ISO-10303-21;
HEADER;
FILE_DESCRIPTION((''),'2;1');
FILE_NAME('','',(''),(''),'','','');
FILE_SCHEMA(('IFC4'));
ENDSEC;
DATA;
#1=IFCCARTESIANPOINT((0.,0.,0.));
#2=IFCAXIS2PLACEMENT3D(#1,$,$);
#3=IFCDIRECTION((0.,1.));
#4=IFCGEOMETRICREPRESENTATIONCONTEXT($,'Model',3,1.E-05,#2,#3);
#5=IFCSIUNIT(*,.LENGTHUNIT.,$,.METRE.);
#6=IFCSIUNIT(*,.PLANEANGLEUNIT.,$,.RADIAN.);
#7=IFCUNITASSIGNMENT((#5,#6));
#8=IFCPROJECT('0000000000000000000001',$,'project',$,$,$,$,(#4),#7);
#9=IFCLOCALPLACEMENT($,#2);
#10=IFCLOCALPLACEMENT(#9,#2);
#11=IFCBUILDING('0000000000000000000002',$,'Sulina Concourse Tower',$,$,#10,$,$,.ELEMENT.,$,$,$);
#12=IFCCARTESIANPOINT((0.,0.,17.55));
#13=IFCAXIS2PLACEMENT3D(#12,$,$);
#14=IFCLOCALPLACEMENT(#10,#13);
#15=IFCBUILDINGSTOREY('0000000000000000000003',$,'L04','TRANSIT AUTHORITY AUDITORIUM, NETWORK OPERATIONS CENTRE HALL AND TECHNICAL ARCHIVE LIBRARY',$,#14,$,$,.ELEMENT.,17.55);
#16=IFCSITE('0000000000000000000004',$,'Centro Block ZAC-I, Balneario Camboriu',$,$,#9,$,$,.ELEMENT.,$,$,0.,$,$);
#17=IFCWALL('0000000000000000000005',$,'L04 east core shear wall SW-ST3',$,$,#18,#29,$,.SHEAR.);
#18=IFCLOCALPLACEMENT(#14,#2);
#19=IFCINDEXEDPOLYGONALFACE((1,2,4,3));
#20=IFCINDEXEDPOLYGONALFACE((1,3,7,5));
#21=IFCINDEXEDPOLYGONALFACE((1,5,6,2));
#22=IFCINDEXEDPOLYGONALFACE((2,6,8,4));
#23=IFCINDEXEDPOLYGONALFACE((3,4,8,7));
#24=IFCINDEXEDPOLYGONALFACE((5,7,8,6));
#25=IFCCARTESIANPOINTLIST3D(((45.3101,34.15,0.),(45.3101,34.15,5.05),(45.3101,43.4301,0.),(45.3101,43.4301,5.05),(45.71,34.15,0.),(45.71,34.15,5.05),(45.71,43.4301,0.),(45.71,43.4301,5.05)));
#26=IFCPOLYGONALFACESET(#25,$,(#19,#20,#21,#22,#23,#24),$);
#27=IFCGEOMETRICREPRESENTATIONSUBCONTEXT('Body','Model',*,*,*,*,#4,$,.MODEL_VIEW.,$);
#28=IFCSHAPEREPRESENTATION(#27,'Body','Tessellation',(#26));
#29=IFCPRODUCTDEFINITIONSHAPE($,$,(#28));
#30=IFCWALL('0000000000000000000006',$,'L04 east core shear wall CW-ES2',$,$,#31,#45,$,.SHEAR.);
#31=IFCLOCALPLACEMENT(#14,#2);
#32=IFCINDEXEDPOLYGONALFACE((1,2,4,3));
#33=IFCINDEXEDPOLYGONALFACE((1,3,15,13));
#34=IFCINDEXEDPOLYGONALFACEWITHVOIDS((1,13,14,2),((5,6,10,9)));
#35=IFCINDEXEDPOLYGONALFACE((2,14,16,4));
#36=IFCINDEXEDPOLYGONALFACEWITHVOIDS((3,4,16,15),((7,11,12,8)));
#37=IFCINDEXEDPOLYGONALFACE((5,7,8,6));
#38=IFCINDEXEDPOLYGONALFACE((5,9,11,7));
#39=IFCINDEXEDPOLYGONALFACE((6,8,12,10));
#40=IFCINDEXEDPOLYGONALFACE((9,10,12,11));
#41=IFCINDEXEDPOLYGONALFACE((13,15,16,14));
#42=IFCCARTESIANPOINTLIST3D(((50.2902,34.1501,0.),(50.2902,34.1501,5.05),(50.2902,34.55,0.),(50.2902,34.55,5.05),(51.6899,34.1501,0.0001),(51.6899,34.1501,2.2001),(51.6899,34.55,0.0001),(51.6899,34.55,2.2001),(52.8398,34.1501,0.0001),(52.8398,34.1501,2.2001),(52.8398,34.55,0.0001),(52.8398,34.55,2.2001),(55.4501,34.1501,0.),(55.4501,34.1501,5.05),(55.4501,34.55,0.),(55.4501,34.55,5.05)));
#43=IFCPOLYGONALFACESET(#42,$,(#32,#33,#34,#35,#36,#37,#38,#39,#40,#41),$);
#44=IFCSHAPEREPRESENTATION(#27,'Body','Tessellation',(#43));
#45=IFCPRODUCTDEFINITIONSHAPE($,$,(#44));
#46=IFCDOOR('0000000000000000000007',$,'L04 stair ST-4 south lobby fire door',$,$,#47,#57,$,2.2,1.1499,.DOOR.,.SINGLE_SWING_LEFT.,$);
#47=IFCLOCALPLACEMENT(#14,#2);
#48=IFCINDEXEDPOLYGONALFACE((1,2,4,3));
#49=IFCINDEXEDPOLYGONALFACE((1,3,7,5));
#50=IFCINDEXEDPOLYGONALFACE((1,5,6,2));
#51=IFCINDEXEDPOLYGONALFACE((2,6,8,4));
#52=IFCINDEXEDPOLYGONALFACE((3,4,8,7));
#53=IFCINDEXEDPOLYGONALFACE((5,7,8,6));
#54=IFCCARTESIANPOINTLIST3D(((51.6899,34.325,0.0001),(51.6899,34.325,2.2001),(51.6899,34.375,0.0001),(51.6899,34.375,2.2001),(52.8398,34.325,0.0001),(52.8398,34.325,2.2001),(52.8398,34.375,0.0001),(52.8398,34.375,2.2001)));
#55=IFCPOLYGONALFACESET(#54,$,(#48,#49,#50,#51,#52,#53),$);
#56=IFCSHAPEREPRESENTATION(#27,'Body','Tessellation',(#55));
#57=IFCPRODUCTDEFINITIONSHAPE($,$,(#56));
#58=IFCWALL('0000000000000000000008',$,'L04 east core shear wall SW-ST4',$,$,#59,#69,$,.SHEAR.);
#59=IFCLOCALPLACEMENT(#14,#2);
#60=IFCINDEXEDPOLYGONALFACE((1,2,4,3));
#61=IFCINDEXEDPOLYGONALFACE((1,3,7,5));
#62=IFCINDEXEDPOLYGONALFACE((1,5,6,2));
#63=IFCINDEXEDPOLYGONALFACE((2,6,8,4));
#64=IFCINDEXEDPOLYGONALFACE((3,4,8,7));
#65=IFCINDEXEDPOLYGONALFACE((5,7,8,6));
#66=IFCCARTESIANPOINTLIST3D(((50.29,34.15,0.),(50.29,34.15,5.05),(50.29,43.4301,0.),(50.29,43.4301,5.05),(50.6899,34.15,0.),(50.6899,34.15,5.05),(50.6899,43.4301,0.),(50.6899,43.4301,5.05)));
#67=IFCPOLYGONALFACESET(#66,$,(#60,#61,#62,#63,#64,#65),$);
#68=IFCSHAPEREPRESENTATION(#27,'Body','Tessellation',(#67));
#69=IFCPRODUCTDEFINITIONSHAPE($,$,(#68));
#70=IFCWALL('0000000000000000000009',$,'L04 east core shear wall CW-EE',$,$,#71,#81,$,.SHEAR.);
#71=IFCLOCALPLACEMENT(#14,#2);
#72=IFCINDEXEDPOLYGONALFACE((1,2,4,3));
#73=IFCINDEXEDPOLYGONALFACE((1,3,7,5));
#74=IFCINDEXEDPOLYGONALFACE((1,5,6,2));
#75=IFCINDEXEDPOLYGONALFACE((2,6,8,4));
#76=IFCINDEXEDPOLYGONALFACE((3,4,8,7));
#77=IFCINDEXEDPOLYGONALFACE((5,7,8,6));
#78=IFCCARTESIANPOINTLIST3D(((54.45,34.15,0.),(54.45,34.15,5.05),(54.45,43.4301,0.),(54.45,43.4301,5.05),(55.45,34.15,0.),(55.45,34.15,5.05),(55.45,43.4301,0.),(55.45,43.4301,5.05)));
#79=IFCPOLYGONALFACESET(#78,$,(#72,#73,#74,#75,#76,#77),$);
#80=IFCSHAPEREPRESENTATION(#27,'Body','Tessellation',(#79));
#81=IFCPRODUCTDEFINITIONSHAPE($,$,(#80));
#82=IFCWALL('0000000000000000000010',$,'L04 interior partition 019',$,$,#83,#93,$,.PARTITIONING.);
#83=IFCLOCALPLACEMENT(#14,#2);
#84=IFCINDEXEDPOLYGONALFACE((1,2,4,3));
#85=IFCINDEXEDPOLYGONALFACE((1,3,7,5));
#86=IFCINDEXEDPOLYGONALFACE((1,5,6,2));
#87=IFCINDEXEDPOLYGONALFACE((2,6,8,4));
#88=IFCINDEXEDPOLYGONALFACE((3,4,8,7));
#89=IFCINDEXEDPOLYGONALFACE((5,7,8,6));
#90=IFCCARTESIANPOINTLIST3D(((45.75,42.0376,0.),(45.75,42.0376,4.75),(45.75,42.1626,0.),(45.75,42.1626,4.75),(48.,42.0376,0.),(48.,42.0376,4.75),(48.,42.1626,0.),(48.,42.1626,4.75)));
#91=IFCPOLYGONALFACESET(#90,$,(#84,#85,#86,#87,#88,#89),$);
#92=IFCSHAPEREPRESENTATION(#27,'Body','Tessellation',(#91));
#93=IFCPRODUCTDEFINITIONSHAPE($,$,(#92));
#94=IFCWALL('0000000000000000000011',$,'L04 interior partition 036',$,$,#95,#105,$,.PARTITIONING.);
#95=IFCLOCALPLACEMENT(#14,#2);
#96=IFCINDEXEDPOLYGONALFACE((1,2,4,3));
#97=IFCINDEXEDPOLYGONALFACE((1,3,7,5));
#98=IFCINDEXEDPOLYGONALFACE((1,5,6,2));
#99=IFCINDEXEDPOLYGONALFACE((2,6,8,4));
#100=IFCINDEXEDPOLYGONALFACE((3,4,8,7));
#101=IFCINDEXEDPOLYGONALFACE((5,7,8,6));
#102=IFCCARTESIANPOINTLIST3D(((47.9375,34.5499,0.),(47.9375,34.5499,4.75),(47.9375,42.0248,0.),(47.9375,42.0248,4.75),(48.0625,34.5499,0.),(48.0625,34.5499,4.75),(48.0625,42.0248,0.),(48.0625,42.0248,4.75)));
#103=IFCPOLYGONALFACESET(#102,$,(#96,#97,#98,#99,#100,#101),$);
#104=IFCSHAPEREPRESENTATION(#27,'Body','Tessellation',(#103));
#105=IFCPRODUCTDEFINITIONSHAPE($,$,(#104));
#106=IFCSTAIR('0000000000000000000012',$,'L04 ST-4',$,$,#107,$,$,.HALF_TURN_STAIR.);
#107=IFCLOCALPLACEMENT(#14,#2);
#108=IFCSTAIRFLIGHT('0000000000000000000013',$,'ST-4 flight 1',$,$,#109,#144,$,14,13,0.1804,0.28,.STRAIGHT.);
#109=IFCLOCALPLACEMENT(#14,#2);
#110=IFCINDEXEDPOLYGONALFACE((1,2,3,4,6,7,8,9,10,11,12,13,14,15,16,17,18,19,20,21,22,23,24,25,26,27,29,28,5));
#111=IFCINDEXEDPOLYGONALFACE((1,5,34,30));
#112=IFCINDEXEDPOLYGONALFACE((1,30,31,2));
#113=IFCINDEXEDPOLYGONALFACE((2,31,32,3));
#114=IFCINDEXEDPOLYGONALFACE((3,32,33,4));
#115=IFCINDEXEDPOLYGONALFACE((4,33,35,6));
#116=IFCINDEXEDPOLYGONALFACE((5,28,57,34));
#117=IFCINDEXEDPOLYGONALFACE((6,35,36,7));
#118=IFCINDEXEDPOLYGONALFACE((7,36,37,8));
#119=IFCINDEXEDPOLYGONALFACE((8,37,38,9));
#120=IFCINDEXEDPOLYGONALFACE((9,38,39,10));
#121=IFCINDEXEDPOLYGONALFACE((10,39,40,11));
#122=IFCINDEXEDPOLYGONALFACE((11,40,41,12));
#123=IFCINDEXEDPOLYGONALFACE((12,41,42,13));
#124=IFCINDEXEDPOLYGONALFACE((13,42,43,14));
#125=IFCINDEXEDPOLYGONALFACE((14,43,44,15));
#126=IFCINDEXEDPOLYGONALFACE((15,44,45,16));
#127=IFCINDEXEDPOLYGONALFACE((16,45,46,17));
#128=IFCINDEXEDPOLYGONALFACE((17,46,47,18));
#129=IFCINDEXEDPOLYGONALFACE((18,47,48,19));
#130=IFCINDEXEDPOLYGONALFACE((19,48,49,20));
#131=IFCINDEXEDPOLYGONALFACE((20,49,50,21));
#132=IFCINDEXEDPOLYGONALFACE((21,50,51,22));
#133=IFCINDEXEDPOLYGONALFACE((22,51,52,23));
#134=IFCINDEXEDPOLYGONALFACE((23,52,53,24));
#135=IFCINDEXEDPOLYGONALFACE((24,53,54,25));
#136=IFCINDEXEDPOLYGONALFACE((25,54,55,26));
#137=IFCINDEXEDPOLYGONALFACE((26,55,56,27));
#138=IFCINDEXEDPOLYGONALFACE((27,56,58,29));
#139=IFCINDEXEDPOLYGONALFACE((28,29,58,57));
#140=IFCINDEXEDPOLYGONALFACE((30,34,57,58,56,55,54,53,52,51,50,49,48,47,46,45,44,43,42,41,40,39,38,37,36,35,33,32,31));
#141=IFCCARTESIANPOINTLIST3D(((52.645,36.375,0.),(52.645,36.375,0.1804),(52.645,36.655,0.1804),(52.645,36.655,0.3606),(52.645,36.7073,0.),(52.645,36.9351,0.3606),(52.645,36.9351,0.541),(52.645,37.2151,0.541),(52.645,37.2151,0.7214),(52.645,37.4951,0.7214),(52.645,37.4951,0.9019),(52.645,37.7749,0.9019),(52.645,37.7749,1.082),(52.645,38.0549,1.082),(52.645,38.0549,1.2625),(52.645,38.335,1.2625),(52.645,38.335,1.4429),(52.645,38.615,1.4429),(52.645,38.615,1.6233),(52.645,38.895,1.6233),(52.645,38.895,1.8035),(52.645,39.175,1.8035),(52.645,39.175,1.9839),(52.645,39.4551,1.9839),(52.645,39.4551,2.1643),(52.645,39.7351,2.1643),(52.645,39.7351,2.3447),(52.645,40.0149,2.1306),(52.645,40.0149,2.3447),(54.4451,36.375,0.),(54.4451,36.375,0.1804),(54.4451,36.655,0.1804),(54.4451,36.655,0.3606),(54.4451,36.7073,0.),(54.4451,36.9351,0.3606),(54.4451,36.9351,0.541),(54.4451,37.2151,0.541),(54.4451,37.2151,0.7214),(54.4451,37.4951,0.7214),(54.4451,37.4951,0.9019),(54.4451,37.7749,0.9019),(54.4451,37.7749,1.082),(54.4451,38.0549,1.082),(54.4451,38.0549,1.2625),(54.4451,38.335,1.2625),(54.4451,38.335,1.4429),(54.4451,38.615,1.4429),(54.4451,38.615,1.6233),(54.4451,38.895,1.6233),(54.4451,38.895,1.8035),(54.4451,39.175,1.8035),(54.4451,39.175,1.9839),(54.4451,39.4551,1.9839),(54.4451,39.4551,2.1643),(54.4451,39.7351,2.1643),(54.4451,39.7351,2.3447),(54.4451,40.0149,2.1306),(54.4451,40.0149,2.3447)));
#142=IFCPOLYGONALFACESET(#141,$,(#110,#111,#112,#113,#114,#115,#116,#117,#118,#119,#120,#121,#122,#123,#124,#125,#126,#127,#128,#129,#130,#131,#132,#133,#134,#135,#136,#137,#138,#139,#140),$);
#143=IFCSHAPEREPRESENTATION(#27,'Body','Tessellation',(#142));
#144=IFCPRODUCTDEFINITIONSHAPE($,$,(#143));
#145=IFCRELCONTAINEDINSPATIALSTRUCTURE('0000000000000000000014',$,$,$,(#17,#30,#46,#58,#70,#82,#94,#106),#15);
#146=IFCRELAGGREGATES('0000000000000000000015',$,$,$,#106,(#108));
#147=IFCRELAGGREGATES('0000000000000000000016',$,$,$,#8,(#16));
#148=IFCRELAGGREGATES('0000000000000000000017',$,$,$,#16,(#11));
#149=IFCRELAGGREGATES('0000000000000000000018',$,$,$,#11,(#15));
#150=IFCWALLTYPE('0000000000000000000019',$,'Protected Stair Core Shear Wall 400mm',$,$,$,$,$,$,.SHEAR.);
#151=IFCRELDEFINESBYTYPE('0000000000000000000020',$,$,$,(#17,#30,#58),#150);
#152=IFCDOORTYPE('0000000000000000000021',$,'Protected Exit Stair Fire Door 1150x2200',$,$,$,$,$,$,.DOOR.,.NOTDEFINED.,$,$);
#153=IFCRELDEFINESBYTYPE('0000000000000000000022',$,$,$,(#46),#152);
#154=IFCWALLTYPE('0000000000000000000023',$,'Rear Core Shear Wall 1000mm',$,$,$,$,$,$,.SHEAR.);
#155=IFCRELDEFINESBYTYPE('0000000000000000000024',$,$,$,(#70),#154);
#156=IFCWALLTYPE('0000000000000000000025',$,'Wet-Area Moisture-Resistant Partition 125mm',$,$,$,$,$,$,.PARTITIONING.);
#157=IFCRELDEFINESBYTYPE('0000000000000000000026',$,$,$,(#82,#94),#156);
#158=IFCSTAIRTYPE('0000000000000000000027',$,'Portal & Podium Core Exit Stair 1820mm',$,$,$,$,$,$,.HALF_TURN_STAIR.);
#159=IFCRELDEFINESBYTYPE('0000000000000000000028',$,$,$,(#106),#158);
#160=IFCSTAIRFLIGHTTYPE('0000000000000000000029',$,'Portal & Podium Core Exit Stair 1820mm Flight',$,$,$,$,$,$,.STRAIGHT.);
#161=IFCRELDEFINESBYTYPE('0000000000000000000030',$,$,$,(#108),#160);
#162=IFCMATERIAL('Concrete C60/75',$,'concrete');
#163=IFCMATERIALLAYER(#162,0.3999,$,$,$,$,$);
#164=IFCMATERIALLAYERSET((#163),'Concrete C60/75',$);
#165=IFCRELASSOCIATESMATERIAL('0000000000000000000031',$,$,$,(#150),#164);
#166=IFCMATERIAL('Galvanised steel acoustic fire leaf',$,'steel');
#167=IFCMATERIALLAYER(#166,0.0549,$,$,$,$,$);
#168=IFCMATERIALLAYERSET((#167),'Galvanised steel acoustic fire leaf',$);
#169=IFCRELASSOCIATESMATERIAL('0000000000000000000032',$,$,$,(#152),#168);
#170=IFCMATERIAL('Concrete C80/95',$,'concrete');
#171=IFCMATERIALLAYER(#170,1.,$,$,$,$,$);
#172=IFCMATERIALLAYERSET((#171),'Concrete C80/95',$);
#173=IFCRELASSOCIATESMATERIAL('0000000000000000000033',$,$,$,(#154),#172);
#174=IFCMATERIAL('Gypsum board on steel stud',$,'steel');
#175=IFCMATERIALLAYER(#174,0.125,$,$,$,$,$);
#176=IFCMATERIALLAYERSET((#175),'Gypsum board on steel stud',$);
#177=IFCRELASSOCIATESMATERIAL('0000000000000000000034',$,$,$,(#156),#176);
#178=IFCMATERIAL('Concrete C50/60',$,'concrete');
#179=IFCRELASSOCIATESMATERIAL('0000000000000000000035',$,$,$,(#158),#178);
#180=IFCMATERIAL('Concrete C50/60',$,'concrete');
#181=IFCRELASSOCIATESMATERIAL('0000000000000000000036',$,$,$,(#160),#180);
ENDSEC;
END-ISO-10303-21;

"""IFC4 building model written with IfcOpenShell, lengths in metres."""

from ifc_helpers import new_model, si_unit, direction, frame, frame_2d, origin, place, context, subcontext, project, spatial, polyline, rectangle, outline, extrude, material, layer, layer_set, type_object, element, fill, aggregate, save


model = new_model("IFC4")

# Units and contexts
model_context = context("Model", 3, precision=1e-05, world=origin(), true_north=direction((0.0, 1.0)))
body_context = subcontext(model_context, "Body", "Model", "MODEL_VIEW")
ifc_project = project(units=[si_unit("LENGTHUNIT", "METRE"), si_unit("PLANEANGLEUNIT", "RADIAN")], contexts=[model_context])

# Site, building, storey
site_placement = place(None, origin())
site = spatial("IfcSite", under=ifc_project, at=site_placement, Name="Centro Block ZAC-I, Balneario Camboriu", CompositionType="ELEMENT", RefElevation=0.0)
building_placement = place(site_placement, origin())
building = spatial("IfcBuilding", under=site, at=building_placement, Name="Sulina Concourse Tower", CompositionType="ELEMENT")
storey_placement = place(building_placement, frame((0.0, 0.0, 17.55)))
storey = spatial("IfcBuildingStorey", under=building, at=storey_placement, Name="L04", Description="TRANSIT AUTHORITY AUDITORIUM, NETWORK OPERATIONS CENTRE HALL AND TECHNICAL ARCHIVE LIBRARY", CompositionType="ELEMENT", Elevation=17.55)

# Wall
ifc_material_1 = material(Name="Concrete C60/75", Category="concrete")
ifc_layer_1 = layer(ifc_material_1, 0.3999)
ifc_layer_set_1 = layer_set([ifc_layer_1], Name="Concrete C60/75")
wall_type_1 = type_object("IfcWallType", Name="Protected Stair Core Shear Wall 400mm", PredefinedType="SHEAR", material=ifc_layer_set_1)
wall_1_placement = place(storey_placement, frame((45.51, 34.1499, 0.0), z_axis=(0.0, 0.0, 1.0), x_axis=(0.0, 1.0, 0.0)))
element("IfcWall", 1, at=wall_1_placement, inside=storey, type_object=wall_type_1, Name="L04 east core shear wall SW-ST3", PredefinedType="SHEAR", context=body_context, shape_type="SweptSolid", body=[
    extrude(rectangle(XDim=9.28, YDim=0.3999, at=frame_2d((4.6401, 0.0))), origin(), (0.0, 0.0, 1.0), 5.05),
])

# Wall, opening, door
wall_2_placement = place(storey_placement, frame((50.29, 34.3501, 0.0), z_axis=(0.0, 0.0, 1.0), x_axis=(1.0, 0.0, 0.0)))
wall_2 = element("IfcWall", 2, at=wall_2_placement, inside=storey, type_object=wall_type_1, Name="L04 east core shear wall CW-ES2", PredefinedType="SHEAR", context=body_context, shape_type="SweptSolid", body=[
    extrude(rectangle(XDim=5.1599, YDim=0.3999, at=frame_2d((2.5801, 0.0))), origin(), (0.0, 0.0, 1.0), 5.05),
])
opening_1_placement = place(wall_2_placement, frame((1.3999, 0.0, 0.0)))
opening_1 = element("IfcOpeningElement", 3, at=opening_1_placement, cuts=wall_2, PredefinedType="OPENING", context=body_context, shape_type="SweptSolid", body=[
    extrude(rectangle(XDim=1.1499, YDim=2.2, at=frame_2d((0.575, 1.1001))), frame((0.0, 0.21, 0.0), z_axis=(0.0, -1.0, 0.0), x_axis=(1.0, 0.0, 0.0)), (0.0, 0.0, 1.0), 0.4199),
])
ifc_material_2 = material(Name="Galvanised steel acoustic fire leaf", Category="steel")
ifc_layer_2 = layer(ifc_material_2, 0.0549)
ifc_layer_set_2 = layer_set([ifc_layer_2], Name="Galvanised steel acoustic fire leaf")
door_type_1 = type_object("IfcDoorType", Name="Protected Exit Stair Fire Door 1150x2200", OperationType="NOTDEFINED", PredefinedType="DOOR", material=ifc_layer_set_2)
door_1_placement = place(opening_1_placement, origin())
door_1 = element("IfcDoor", 4, at=door_1_placement, inside=storey, type_object=door_type_1, Name="L04 stair ST-4 south lobby fire door", OperationType="SINGLE_SWING_LEFT", OverallHeight=2.2, OverallWidth=1.1499, PredefinedType="DOOR", context=body_context, shape_type="SweptSolid", body=[
    extrude(rectangle(XDim=1.1499, YDim=2.2, at=frame_2d((0.575, 1.1001))), frame((0.0, 0.0249, 0.0), z_axis=(0.0, -1.0, 0.0), x_axis=(1.0, 0.0, 0.0)), (0.0, 0.0, 1.0), 0.05),
])
fill(opening_1, door_1)

# Walls
wall_3_placement = place(storey_placement, frame((50.49, 34.1499, 0.0), z_axis=(0.0, 0.0, 1.0), x_axis=(0.0, 1.0, 0.0)))
element("IfcWall", 5, at=wall_3_placement, inside=storey, type_object=wall_type_1, Name="L04 east core shear wall SW-ST4", PredefinedType="SHEAR", context=body_context, shape_type="SweptSolid", body=[
    extrude(rectangle(XDim=9.28, YDim=0.3999, at=frame_2d((4.6401, 0.0))), origin(), (0.0, 0.0, 1.0), 5.05),
])
ifc_material_3 = material(Name="Concrete C80/95", Category="concrete")
ifc_layer_3 = layer(ifc_material_3, 1.0)
ifc_layer_set_3 = layer_set([ifc_layer_3], Name="Concrete C80/95")
wall_type_2 = type_object("IfcWallType", Name="Rear Core Shear Wall 1000mm", PredefinedType="SHEAR", material=ifc_layer_set_3)
wall_4_placement = place(storey_placement, frame((54.95, 34.1499, 0.0), z_axis=(0.0, 0.0, 1.0), x_axis=(0.0, 1.0, 0.0)))
element("IfcWall", 6, at=wall_4_placement, inside=storey, type_object=wall_type_2, Name="L04 east core shear wall CW-EE", PredefinedType="SHEAR", context=body_context, shape_type="SweptSolid", body=[
    extrude(rectangle(XDim=9.28, YDim=1.0, at=frame_2d((4.6401, 0.0))), origin(), (0.0, 0.0, 1.0), 5.05),
])
ifc_material_4 = material(Name="Gypsum board on steel stud", Category="steel")
ifc_layer_4 = layer(ifc_material_4, 0.125)
ifc_layer_set_4 = layer_set([ifc_layer_4], Name="Gypsum board on steel stud")
wall_type_3 = type_object("IfcWallType", Name="Wet-Area Moisture-Resistant Partition 125mm", PredefinedType="PARTITIONING", material=ifc_layer_set_4)
wall_5_placement = place(storey_placement, frame((45.75, 42.1001, 0.0), z_axis=(0.0, 0.0, 1.0), x_axis=(1.0, 0.0, 0.0)))
element("IfcWall", 7, at=wall_5_placement, inside=storey, type_object=wall_type_3, Name="L04 interior partition 019", PredefinedType="PARTITIONING", context=body_context, shape_type="SweptSolid", body=[
    extrude(rectangle(XDim=2.25, YDim=0.125, at=frame_2d((1.125, 0.0))), origin(), (0.0, 0.0, 1.0), 4.75),
])
wall_6_placement = place(storey_placement, frame((48.0, 34.55, 0.0), z_axis=(0.0, 0.0, 1.0), x_axis=(0.0, 1.0, 0.0)))
element("IfcWall", 8, at=wall_6_placement, inside=storey, type_object=wall_type_3, Name="L04 interior partition 036", PredefinedType="PARTITIONING", context=body_context, shape_type="SweptSolid", body=[
    extrude(rectangle(XDim=7.4749, YDim=0.125, at=frame_2d((3.7373, 0.0))), origin(), (0.0, 0.0, 1.0), 4.75),
])

# Stair, stair flight
ifc_material_5 = material(Name="Concrete C50/60", Category="concrete")
stair_type = type_object("IfcStairType", Name="Portal & Podium Core Exit Stair 1820mm", PredefinedType="HALF_TURN_STAIR", material=ifc_material_5)
stair_placement = place(storey_placement, origin())
stair = element("IfcStair", 9, at=stair_placement, inside=storey, type_object=stair_type, Name="L04 ST-4", PredefinedType="HALF_TURN_STAIR")
ifc_material_6 = material(Name="Concrete C50/60", Category="concrete")
stair_flight_type = type_object("IfcStairFlightType", Name="Portal & Podium Core Exit Stair 1820mm Flight", PredefinedType="STRAIGHT", material=ifc_material_6)
stair_flight_1_placement = place(storey_placement, frame((53.5449, 36.375, 0.0), z_axis=(0.0, 0.0, 1.0), x_axis=(0.0, 1.0, 0.0)))
stair_flight_1 = element("IfcStairFlight", 10, at=stair_flight_1_placement, type_object=stair_flight_type, Name="ST-4 flight 1", NumberOfRisers=14, NumberOfTreads=13, PredefinedType="STRAIGHT", RiserHeight=0.1804, TreadLength=0.28, context=body_context, shape_type="SweptSolid", body=[
    extrude(outline(polyline([(0.0, 0.0), (0.0, 0.1804), (0.28, 0.1804), (0.28, 0.3606), (0.5601, 0.3606), (0.5601, 0.541), (0.8401, 0.541), (0.8401, 0.7214), (1.1201, 0.7214), (1.1201, 0.9019), (1.3999, 0.9019), (1.3999, 1.082), (1.6799, 1.082), (1.6799, 1.2625), (1.96, 1.2625), (1.96, 1.4429), (2.24, 1.4429), (2.24, 1.6233), (2.52, 1.6233), (2.52, 1.8035), (2.8, 1.8035), (2.8, 1.9839), (3.0801, 1.9839), (3.0801, 2.1643), (3.3601, 2.1643), (3.3601, 2.3447), (3.6399, 2.3447), (3.6399, 2.5249), (3.6399, 2.1306), (0.3323, 0.0), (0.0, 0.0)])), frame((0.0, 0.8999, 0.0), z_axis=(0.0, -1.0, 0.0), x_axis=(1.0, 0.0, 0.0)), (0.0, 0.0, 1.0), 1.8),
])
aggregate(stair, [stair_flight_1])

save(model, "model.ifc")
